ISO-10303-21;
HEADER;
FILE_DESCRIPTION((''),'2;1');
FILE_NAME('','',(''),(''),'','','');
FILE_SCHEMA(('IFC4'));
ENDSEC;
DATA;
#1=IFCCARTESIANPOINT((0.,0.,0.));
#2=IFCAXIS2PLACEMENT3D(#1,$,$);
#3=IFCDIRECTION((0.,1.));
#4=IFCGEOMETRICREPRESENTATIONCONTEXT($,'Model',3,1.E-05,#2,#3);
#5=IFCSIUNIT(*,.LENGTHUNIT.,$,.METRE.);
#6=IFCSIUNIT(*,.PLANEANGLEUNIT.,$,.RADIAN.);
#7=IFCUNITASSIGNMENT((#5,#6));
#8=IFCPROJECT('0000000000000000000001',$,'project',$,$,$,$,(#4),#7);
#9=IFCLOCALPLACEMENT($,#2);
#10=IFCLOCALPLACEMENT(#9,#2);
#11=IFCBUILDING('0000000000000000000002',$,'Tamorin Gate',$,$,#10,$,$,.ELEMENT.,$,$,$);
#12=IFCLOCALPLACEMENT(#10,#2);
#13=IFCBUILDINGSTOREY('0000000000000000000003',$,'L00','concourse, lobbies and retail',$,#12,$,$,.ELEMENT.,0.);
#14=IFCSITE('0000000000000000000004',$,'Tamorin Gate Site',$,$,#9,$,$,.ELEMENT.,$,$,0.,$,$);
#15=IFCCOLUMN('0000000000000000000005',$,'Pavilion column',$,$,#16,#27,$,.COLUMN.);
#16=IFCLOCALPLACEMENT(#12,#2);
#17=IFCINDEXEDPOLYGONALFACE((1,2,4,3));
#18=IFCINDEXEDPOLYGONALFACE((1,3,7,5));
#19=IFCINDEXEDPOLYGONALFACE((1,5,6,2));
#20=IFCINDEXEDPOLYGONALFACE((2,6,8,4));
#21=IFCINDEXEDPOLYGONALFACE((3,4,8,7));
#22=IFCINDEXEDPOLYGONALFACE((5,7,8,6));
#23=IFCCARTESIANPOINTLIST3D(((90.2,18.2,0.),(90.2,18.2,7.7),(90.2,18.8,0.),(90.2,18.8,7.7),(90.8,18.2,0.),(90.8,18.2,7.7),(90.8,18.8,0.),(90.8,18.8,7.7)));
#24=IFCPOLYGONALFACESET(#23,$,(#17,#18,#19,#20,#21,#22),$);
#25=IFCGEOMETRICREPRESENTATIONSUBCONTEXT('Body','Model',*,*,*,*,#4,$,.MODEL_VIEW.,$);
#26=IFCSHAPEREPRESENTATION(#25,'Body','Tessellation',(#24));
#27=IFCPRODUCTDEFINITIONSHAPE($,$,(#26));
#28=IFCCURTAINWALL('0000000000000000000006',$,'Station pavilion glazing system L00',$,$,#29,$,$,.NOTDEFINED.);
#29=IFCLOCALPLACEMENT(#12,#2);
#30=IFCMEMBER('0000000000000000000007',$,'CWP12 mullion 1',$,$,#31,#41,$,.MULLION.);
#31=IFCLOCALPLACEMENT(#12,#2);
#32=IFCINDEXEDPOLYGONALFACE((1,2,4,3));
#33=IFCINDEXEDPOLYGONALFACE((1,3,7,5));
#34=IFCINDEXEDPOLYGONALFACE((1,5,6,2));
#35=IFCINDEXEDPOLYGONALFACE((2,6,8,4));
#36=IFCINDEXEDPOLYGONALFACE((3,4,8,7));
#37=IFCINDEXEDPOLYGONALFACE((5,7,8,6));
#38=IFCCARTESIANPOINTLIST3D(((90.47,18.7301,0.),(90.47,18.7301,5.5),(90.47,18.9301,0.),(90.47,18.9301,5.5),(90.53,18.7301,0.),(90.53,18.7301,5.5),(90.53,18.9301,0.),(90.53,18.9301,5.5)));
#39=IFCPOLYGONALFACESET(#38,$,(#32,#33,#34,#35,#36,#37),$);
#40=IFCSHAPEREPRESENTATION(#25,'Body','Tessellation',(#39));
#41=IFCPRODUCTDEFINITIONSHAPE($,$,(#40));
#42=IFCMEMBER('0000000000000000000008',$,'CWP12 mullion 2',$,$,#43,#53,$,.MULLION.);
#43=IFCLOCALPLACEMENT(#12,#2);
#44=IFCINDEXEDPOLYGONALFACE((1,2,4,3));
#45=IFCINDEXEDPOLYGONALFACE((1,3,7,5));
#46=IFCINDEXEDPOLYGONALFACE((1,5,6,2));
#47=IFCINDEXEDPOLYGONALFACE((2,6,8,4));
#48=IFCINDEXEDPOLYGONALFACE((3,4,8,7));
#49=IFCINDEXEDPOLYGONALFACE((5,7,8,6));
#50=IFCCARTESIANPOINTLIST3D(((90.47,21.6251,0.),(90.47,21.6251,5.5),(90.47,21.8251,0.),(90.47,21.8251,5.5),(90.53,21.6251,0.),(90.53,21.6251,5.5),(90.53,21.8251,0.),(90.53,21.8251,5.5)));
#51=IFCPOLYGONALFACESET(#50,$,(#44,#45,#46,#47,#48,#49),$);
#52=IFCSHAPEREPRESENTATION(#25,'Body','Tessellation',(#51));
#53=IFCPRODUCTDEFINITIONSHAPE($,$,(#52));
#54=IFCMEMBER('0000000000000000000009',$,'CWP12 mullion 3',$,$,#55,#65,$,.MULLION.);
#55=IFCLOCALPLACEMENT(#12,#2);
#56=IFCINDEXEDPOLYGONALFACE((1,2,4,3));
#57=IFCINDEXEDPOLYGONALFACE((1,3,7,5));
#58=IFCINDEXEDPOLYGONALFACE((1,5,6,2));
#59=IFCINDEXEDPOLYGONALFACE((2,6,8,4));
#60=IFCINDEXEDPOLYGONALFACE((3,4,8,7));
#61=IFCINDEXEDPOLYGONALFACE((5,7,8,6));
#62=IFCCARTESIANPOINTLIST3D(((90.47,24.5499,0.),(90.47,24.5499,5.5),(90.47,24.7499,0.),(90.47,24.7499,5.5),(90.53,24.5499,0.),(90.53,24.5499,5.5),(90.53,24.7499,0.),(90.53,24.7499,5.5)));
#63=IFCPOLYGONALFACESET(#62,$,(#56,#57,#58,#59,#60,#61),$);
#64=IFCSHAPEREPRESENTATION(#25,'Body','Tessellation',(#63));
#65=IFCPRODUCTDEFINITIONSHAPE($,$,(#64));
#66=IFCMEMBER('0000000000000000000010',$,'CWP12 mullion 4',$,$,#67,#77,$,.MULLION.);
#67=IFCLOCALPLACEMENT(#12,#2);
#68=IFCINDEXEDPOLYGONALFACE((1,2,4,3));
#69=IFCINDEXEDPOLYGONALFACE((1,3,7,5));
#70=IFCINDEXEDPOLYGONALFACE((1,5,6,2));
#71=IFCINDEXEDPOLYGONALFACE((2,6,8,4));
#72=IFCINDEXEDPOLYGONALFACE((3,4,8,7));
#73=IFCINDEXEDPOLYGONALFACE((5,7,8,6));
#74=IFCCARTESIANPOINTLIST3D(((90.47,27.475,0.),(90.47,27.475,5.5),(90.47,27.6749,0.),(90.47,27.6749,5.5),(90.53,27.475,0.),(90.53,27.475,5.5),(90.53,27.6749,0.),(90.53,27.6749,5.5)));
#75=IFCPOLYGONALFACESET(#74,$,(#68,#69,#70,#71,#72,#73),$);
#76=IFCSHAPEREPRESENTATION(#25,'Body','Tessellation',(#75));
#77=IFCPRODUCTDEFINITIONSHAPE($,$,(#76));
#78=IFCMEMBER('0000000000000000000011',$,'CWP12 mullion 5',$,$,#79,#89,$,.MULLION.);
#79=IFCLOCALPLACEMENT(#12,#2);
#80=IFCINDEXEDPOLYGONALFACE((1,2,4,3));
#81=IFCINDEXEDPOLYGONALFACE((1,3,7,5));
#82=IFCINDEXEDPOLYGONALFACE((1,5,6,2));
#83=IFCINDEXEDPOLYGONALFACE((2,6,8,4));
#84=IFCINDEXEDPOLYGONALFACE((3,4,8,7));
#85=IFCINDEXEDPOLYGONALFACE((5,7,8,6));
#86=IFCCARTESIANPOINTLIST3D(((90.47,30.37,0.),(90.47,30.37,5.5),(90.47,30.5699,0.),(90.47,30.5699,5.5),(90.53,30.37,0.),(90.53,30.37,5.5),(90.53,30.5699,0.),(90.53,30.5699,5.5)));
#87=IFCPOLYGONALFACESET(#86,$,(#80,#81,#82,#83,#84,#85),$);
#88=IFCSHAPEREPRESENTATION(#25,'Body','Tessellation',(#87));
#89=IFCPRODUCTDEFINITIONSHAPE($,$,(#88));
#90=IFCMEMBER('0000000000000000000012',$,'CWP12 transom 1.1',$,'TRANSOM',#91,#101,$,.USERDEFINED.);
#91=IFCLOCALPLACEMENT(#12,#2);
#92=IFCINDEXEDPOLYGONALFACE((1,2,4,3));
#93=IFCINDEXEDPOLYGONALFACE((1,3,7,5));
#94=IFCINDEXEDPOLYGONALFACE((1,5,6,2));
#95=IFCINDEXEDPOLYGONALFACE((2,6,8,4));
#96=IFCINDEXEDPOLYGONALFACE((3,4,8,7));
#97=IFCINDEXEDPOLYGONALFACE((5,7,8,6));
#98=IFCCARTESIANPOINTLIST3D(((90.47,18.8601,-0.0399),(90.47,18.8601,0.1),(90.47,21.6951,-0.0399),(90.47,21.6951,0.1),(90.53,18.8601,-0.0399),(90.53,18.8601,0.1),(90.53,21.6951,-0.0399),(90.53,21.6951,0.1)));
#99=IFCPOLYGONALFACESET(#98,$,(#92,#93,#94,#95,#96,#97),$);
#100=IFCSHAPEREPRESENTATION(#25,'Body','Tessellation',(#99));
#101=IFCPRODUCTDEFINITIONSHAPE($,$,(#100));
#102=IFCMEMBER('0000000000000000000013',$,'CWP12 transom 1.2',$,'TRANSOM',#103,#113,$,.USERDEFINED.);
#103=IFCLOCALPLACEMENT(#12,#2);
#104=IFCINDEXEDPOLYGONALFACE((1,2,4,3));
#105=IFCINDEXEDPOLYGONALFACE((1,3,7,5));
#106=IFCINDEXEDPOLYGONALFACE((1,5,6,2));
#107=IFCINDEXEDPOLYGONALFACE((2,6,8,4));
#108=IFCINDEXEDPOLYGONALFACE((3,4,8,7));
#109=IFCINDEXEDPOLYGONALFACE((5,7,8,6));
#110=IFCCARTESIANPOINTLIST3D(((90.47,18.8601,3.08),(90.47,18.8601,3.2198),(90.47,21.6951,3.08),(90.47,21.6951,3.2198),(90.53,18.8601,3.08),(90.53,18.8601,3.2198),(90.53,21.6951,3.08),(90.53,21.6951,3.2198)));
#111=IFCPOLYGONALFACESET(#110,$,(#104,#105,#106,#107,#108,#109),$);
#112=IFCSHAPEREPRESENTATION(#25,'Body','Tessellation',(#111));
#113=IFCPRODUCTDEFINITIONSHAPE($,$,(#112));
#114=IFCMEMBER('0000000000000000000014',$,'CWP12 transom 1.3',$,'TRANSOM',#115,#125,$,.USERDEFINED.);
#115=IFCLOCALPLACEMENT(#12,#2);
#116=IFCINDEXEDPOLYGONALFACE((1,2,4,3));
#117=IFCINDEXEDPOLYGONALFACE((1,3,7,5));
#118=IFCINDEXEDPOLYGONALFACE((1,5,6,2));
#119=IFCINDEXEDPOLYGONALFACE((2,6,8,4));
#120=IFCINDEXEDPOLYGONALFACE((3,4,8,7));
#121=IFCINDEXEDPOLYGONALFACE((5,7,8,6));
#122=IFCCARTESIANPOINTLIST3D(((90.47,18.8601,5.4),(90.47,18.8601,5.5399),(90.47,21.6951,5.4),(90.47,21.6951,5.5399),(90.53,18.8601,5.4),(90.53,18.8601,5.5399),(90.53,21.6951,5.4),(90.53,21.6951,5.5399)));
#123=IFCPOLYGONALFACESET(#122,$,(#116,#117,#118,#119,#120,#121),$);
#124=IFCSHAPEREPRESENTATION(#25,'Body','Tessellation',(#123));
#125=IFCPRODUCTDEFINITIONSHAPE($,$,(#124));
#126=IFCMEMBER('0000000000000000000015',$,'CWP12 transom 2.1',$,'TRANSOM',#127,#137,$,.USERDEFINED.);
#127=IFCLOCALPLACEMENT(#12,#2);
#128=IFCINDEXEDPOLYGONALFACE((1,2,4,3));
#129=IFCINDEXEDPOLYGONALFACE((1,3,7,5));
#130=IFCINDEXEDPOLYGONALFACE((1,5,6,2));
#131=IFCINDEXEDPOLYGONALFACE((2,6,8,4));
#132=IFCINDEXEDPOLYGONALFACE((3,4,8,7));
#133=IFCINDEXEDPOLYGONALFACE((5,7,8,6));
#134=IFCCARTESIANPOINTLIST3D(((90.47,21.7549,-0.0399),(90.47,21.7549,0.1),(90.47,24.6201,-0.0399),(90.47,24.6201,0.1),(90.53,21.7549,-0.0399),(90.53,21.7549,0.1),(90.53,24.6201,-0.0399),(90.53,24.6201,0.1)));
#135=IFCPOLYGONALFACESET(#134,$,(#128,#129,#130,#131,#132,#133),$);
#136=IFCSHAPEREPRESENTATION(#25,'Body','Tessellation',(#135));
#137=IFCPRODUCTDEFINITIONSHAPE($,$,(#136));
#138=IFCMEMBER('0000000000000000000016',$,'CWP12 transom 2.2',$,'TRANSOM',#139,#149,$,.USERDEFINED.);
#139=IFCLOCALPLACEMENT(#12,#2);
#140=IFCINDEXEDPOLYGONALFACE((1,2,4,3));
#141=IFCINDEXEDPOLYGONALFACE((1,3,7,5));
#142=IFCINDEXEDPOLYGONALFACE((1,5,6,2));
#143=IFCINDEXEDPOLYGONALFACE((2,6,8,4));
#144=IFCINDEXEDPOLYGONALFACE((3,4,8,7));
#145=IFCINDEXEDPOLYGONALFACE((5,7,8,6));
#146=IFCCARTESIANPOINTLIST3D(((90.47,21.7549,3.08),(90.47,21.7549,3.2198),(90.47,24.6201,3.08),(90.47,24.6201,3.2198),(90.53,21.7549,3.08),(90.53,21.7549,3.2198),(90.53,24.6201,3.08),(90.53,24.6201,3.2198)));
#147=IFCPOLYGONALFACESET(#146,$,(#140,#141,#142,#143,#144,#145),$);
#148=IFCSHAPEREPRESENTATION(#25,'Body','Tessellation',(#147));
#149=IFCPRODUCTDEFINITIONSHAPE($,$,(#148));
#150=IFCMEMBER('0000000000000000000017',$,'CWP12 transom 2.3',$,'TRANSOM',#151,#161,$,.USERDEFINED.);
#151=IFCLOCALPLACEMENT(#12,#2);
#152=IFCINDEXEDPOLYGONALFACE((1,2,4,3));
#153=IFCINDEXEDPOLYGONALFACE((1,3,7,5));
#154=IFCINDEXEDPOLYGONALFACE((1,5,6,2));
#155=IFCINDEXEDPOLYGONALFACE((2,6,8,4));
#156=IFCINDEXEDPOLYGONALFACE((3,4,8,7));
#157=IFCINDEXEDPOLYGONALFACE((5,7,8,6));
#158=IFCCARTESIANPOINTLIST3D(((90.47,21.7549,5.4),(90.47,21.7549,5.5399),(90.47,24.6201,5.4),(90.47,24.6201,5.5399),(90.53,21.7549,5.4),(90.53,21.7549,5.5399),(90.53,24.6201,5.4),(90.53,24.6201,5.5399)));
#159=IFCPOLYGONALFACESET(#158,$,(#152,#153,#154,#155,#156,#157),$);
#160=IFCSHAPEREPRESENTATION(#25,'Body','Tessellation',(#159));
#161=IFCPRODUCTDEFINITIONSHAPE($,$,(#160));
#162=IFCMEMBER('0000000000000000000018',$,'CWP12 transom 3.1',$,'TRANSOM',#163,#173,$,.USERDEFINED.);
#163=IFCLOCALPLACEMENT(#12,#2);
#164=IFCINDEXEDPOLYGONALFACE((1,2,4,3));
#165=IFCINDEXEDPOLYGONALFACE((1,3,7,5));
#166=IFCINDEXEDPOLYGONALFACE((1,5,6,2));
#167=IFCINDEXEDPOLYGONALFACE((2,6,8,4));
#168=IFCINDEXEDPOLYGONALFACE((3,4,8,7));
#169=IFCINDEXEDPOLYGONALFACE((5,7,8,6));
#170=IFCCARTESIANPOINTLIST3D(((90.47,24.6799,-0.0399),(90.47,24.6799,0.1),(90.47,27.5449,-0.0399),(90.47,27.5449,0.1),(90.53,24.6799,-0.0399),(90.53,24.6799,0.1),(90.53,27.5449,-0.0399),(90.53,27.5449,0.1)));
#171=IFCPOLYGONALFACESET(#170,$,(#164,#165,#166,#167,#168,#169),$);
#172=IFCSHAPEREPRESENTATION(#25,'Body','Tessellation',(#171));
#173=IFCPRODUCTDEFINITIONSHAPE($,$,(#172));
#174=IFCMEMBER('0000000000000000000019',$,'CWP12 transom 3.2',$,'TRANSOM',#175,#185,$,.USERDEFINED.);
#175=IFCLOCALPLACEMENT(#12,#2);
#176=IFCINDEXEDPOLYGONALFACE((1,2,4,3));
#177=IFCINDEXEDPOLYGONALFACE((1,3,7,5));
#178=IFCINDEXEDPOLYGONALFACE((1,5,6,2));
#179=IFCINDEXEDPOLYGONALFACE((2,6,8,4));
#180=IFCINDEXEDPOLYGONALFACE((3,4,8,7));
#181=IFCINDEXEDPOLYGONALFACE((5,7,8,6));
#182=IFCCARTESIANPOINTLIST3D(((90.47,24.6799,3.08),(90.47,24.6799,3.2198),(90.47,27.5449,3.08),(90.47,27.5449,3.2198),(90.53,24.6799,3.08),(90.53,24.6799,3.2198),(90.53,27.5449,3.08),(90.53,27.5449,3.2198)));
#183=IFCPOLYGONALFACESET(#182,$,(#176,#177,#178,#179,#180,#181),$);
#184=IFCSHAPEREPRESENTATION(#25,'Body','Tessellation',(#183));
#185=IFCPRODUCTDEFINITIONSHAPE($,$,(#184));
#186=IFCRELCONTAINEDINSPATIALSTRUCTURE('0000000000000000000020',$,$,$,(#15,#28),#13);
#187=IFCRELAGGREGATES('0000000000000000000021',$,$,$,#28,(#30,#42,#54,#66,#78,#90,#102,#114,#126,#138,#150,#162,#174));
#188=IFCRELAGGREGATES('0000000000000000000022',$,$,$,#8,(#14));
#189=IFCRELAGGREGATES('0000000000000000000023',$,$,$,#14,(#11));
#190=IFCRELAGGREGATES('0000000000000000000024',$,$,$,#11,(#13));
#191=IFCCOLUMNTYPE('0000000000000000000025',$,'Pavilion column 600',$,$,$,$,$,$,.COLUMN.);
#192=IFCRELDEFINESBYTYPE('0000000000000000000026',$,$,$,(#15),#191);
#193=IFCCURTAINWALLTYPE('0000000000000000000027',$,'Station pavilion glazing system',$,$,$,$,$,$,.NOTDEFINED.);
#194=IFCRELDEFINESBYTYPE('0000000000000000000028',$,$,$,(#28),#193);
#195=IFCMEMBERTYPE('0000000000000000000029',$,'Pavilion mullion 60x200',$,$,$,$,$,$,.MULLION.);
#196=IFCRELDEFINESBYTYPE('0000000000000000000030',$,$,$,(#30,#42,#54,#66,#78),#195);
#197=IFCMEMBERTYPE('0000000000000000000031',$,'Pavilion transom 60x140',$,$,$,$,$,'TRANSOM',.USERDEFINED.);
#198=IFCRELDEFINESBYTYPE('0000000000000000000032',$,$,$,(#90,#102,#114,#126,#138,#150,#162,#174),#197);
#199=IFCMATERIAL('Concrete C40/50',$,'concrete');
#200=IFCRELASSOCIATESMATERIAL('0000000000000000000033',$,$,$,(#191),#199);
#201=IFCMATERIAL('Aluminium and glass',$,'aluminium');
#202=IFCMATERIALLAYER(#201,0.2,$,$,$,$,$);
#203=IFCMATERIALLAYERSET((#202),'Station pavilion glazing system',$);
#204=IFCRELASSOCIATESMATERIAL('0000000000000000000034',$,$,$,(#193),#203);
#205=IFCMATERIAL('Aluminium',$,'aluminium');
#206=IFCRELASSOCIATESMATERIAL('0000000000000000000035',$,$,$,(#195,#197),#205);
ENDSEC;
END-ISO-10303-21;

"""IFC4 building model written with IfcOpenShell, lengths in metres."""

from ifc_helpers import new_model, si_unit, direction, frame, origin, origin_2d, place, context, subcontext, project, spatial, rectangle, extrude, material, layer, layer_set, material_profile, profile_set, type_object, element, aggregate, save


model = new_model("IFC4")

# Units and contexts
model_context = context("Model", 3, precision=1e-05, world=origin(), true_north=direction((0.0, 1.0)))
body_context = subcontext(model_context, "Body", "Model", "MODEL_VIEW")
ifc_project = project(units=[si_unit("LENGTHUNIT", "METRE"), si_unit("PLANEANGLEUNIT", "RADIAN")], contexts=[model_context])

# Site, building, storey
site_placement = place(None, origin())
site = spatial("IfcSite", under=ifc_project, at=site_placement, Name="Tamorin Gate Site", CompositionType="ELEMENT", RefElevation=0.0)
building_placement = place(site_placement, origin())
building = spatial("IfcBuilding", under=site, at=building_placement, Name="Tamorin Gate", CompositionType="ELEMENT")
storey_placement = place(building_placement, origin())
storey = spatial("IfcBuildingStorey", under=building, at=storey_placement, Name="L00", Description="concourse, lobbies and retail", CompositionType="ELEMENT", Elevation=0.0)

# Column
ifc_material_1 = material(Name="Concrete C40/50", Category="concrete")
ifc_material_profile_1 = material_profile(ifc_material_1, rectangle(XDim=0.6001, YDim=0.6001, at=origin_2d()))
ifc_profile_set_1 = profile_set([ifc_material_profile_1], Name="Concrete C40/50")
column_type = type_object("IfcColumnType", Name="Pavilion column 600", PredefinedType="COLUMN", material=ifc_profile_set_1)
column_placement = place(storey_placement, frame((90.5, 18.5, 0.0), z_axis=(0.0, 0.0, 1.0), x_axis=(1.0, 0.0, 0.0)))
element("IfcColumn", 1, at=column_placement, inside=storey, type_object=column_type, Name="Pavilion column", PredefinedType="COLUMN", context=body_context, shape_type="SweptSolid", body=[
    extrude(rectangle(XDim=0.6001, YDim=0.6001, at=origin_2d()), origin(), (0.0, 0.0, 1.0), 7.7),
])

# Curtain wall, members
ifc_material_2 = material(Name="Aluminium and glass", Category="aluminium")
ifc_layer_1 = layer(ifc_material_2, 0.2)
ifc_layer_set_1 = layer_set([ifc_layer_1], Name="Station pavilion glazing system")
curtain_wall_type_1 = type_object("IfcCurtainWallType", Name="Station pavilion glazing system", PredefinedType="NOTDEFINED", material=ifc_layer_set_1)
curtain_wall_1_placement = place(storey_placement, origin())
curtain_wall_1 = element("IfcCurtainWall", 2, at=curtain_wall_1_placement, inside=storey, type_object=curtain_wall_type_1, Name="Station pavilion glazing system L00", PredefinedType="NOTDEFINED")
ifc_material_3 = material(Name="Aluminium", Category="aluminium")
ifc_material_profile_2 = material_profile(ifc_material_3, rectangle(XDim=0.0601, YDim=0.2, at=origin_2d()), Name="RECT 60x200")
ifc_profile_set_2 = profile_set([ifc_material_profile_2], Name="Aluminium")
member_type_1 = type_object("IfcMemberType", Name="Pavilion mullion 60x200", PredefinedType="MULLION", material=ifc_profile_set_2)
member_1_placement = place(storey_placement, frame((90.5, 18.8301, 0.0), z_axis=(0.0, 0.0, 1.0), x_axis=(-1.0, 0.0, 0.0)))
member_1 = element("IfcMember", 3, at=member_1_placement, type_object=member_type_1, Name="CWP12 mullion 1", PredefinedType="MULLION", context=body_context, shape_type="SweptSolid", body=[
    extrude(rectangle(XDim=0.0601, YDim=0.2, at=origin_2d()), origin(), (0.0, 0.0, 1.0), 5.5),
])
member_2_placement = place(storey_placement, frame((90.5, 21.7251, 0.0), z_axis=(0.0, 0.0, 1.0), x_axis=(-1.0, 0.0, 0.0)))
member_2 = element("IfcMember", 4, at=member_2_placement, type_object=member_type_1, Name="CWP12 mullion 2", PredefinedType="MULLION", context=body_context, shape_type="SweptSolid", body=[
    extrude(rectangle(XDim=0.0601, YDim=0.2, at=origin_2d()), origin(), (0.0, 0.0, 1.0), 5.5),
])
member_3_placement = place(storey_placement, frame((90.5, 24.6499, 0.0), z_axis=(0.0, 0.0, 1.0), x_axis=(-1.0, 0.0, 0.0)))
member_3 = element("IfcMember", 5, at=member_3_placement, type_object=member_type_1, Name="CWP12 mullion 3", PredefinedType="MULLION", context=body_context, shape_type="SweptSolid", body=[
    extrude(rectangle(XDim=0.0601, YDim=0.2, at=origin_2d()), origin(), (0.0, 0.0, 1.0), 5.5),
])
member_4_placement = place(storey_placement, frame((90.5, 27.575, 0.0), z_axis=(0.0, 0.0, 1.0), x_axis=(-1.0, 0.0, 0.0)))
member_4 = element("IfcMember", 6, at=member_4_placement, type_object=member_type_1, Name="CWP12 mullion 4", PredefinedType="MULLION", context=body_context, shape_type="SweptSolid", body=[
    extrude(rectangle(XDim=0.0601, YDim=0.2, at=origin_2d()), origin(), (0.0, 0.0, 1.0), 5.5),
])
member_5_placement = place(storey_placement, frame((90.5, 30.47, 0.0), z_axis=(0.0, 0.0, 1.0), x_axis=(-1.0, 0.0, 0.0)))
member_5 = element("IfcMember", 7, at=member_5_placement, type_object=member_type_1, Name="CWP12 mullion 5", PredefinedType="MULLION", context=body_context, shape_type="SweptSolid", body=[
    extrude(rectangle(XDim=0.0601, YDim=0.2, at=origin_2d()), origin(), (0.0, 0.0, 1.0), 5.5),
])
ifc_material_profile_3 = material_profile(ifc_material_3, rectangle(XDim=0.0601, YDim=0.1399, at=origin_2d()), Name="RECT 60x140")
ifc_profile_set_3 = profile_set([ifc_material_profile_3], Name="Aluminium")
member_type_2 = type_object("IfcMemberType", Name="Pavilion transom 60x140", ElementType="TRANSOM", PredefinedType="USERDEFINED", material=ifc_profile_set_3)
member_6_placement = place(storey_placement, frame((90.5, 18.8601, 0.03), z_axis=(0.0, 1.0, 0.0), x_axis=(-1.0, 0.0, 0.0)))
member_6 = element("IfcMember", 8, at=member_6_placement, type_object=member_type_2, Name="CWP12 transom 1.1", ObjectType="TRANSOM", PredefinedType="USERDEFINED", context=body_context, shape_type="SweptSolid", body=[
    extrude(rectangle(XDim=0.0601, YDim=0.1399, at=origin_2d()), origin(), (0.0, 0.0, 1.0), 2.835),
])
member_7_placement = place(storey_placement, frame((90.5, 18.8601, 3.1499), z_axis=(0.0, 1.0, 0.0), x_axis=(-1.0, 0.0, 0.0)))
member_7 = element("IfcMember", 9, at=member_7_placement, type_object=member_type_2, Name="CWP12 transom 1.2", ObjectType="TRANSOM", PredefinedType="USERDEFINED", context=body_context, shape_type="SweptSolid", body=[
    extrude(rectangle(XDim=0.0601, YDim=0.1399, at=origin_2d()), origin(), (0.0, 0.0, 1.0), 2.835),
])
member_8_placement = place(storey_placement, frame((90.5, 18.8601, 5.47), z_axis=(0.0, 1.0, 0.0), x_axis=(-1.0, 0.0, 0.0)))
member_8 = element("IfcMember", 10, at=member_8_placement, type_object=member_type_2, Name="CWP12 transom 1.3", ObjectType="TRANSOM", PredefinedType="USERDEFINED", context=body_context, shape_type="SweptSolid", body=[
    extrude(rectangle(XDim=0.0601, YDim=0.1399, at=origin_2d()), origin(), (0.0, 0.0, 1.0), 2.835),
])
member_9_placement = place(storey_placement, frame((90.5, 21.7549, 0.03), z_axis=(0.0, 1.0, 0.0), x_axis=(-1.0, 0.0, 0.0)))
member_9 = element("IfcMember", 11, at=member_9_placement, type_object=member_type_2, Name="CWP12 transom 2.1", ObjectType="TRANSOM", PredefinedType="USERDEFINED", context=body_context, shape_type="SweptSolid", body=[
    extrude(rectangle(XDim=0.0601, YDim=0.1399, at=origin_2d()), origin(), (0.0, 0.0, 1.0), 2.8652),
])
member_10_placement = place(storey_placement, frame((90.5, 21.7549, 3.1499), z_axis=(0.0, 1.0, 0.0), x_axis=(-1.0, 0.0, 0.0)))
member_10 = element("IfcMember", 12, at=member_10_placement, type_object=member_type_2, Name="CWP12 transom 2.2", ObjectType="TRANSOM", PredefinedType="USERDEFINED", context=body_context, shape_type="SweptSolid", body=[
    extrude(rectangle(XDim=0.0601, YDim=0.1399, at=origin_2d()), origin(), (0.0, 0.0, 1.0), 2.8652),
])
member_11_placement = place(storey_placement, frame((90.5, 21.7549, 5.47), z_axis=(0.0, 1.0, 0.0), x_axis=(-1.0, 0.0, 0.0)))
member_11 = element("IfcMember", 13, at=member_11_placement, type_object=member_type_2, Name="CWP12 transom 2.3", ObjectType="TRANSOM", PredefinedType="USERDEFINED", context=body_context, shape_type="SweptSolid", body=[
    extrude(rectangle(XDim=0.0601, YDim=0.1399, at=origin_2d()), origin(), (0.0, 0.0, 1.0), 2.8652),
])
member_12_placement = place(storey_placement, frame((90.5, 24.6799, 0.03), z_axis=(0.0, 1.0, 0.0), x_axis=(-1.0, 0.0, 0.0)))
member_12 = element("IfcMember", 14, at=member_12_placement, type_object=member_type_2, Name="CWP12 transom 3.1", ObjectType="TRANSOM", PredefinedType="USERDEFINED", context=body_context, shape_type="SweptSolid", body=[
    extrude(rectangle(XDim=0.0601, YDim=0.1399, at=origin_2d()), origin(), (0.0, 0.0, 1.0), 2.865),
])
member_13_placement = place(storey_placement, frame((90.5, 24.6799, 3.1499), z_axis=(0.0, 1.0, 0.0), x_axis=(-1.0, 0.0, 0.0)))
member_13 = element("IfcMember", 15, at=member_13_placement, type_object=member_type_2, Name="CWP12 transom 3.2", ObjectType="TRANSOM", PredefinedType="USERDEFINED", context=body_context, shape_type="SweptSolid", body=[
    extrude(rectangle(XDim=0.0601, YDim=0.1399, at=origin_2d()), origin(), (0.0, 0.0, 1.0), 2.865),
])

aggregate(curtain_wall_1, [member_1, member_2, member_3, member_4, member_5, member_6, member_7, member_8, member_9, member_10, member_11, member_12, member_13])

save(model, "model.ifc")
